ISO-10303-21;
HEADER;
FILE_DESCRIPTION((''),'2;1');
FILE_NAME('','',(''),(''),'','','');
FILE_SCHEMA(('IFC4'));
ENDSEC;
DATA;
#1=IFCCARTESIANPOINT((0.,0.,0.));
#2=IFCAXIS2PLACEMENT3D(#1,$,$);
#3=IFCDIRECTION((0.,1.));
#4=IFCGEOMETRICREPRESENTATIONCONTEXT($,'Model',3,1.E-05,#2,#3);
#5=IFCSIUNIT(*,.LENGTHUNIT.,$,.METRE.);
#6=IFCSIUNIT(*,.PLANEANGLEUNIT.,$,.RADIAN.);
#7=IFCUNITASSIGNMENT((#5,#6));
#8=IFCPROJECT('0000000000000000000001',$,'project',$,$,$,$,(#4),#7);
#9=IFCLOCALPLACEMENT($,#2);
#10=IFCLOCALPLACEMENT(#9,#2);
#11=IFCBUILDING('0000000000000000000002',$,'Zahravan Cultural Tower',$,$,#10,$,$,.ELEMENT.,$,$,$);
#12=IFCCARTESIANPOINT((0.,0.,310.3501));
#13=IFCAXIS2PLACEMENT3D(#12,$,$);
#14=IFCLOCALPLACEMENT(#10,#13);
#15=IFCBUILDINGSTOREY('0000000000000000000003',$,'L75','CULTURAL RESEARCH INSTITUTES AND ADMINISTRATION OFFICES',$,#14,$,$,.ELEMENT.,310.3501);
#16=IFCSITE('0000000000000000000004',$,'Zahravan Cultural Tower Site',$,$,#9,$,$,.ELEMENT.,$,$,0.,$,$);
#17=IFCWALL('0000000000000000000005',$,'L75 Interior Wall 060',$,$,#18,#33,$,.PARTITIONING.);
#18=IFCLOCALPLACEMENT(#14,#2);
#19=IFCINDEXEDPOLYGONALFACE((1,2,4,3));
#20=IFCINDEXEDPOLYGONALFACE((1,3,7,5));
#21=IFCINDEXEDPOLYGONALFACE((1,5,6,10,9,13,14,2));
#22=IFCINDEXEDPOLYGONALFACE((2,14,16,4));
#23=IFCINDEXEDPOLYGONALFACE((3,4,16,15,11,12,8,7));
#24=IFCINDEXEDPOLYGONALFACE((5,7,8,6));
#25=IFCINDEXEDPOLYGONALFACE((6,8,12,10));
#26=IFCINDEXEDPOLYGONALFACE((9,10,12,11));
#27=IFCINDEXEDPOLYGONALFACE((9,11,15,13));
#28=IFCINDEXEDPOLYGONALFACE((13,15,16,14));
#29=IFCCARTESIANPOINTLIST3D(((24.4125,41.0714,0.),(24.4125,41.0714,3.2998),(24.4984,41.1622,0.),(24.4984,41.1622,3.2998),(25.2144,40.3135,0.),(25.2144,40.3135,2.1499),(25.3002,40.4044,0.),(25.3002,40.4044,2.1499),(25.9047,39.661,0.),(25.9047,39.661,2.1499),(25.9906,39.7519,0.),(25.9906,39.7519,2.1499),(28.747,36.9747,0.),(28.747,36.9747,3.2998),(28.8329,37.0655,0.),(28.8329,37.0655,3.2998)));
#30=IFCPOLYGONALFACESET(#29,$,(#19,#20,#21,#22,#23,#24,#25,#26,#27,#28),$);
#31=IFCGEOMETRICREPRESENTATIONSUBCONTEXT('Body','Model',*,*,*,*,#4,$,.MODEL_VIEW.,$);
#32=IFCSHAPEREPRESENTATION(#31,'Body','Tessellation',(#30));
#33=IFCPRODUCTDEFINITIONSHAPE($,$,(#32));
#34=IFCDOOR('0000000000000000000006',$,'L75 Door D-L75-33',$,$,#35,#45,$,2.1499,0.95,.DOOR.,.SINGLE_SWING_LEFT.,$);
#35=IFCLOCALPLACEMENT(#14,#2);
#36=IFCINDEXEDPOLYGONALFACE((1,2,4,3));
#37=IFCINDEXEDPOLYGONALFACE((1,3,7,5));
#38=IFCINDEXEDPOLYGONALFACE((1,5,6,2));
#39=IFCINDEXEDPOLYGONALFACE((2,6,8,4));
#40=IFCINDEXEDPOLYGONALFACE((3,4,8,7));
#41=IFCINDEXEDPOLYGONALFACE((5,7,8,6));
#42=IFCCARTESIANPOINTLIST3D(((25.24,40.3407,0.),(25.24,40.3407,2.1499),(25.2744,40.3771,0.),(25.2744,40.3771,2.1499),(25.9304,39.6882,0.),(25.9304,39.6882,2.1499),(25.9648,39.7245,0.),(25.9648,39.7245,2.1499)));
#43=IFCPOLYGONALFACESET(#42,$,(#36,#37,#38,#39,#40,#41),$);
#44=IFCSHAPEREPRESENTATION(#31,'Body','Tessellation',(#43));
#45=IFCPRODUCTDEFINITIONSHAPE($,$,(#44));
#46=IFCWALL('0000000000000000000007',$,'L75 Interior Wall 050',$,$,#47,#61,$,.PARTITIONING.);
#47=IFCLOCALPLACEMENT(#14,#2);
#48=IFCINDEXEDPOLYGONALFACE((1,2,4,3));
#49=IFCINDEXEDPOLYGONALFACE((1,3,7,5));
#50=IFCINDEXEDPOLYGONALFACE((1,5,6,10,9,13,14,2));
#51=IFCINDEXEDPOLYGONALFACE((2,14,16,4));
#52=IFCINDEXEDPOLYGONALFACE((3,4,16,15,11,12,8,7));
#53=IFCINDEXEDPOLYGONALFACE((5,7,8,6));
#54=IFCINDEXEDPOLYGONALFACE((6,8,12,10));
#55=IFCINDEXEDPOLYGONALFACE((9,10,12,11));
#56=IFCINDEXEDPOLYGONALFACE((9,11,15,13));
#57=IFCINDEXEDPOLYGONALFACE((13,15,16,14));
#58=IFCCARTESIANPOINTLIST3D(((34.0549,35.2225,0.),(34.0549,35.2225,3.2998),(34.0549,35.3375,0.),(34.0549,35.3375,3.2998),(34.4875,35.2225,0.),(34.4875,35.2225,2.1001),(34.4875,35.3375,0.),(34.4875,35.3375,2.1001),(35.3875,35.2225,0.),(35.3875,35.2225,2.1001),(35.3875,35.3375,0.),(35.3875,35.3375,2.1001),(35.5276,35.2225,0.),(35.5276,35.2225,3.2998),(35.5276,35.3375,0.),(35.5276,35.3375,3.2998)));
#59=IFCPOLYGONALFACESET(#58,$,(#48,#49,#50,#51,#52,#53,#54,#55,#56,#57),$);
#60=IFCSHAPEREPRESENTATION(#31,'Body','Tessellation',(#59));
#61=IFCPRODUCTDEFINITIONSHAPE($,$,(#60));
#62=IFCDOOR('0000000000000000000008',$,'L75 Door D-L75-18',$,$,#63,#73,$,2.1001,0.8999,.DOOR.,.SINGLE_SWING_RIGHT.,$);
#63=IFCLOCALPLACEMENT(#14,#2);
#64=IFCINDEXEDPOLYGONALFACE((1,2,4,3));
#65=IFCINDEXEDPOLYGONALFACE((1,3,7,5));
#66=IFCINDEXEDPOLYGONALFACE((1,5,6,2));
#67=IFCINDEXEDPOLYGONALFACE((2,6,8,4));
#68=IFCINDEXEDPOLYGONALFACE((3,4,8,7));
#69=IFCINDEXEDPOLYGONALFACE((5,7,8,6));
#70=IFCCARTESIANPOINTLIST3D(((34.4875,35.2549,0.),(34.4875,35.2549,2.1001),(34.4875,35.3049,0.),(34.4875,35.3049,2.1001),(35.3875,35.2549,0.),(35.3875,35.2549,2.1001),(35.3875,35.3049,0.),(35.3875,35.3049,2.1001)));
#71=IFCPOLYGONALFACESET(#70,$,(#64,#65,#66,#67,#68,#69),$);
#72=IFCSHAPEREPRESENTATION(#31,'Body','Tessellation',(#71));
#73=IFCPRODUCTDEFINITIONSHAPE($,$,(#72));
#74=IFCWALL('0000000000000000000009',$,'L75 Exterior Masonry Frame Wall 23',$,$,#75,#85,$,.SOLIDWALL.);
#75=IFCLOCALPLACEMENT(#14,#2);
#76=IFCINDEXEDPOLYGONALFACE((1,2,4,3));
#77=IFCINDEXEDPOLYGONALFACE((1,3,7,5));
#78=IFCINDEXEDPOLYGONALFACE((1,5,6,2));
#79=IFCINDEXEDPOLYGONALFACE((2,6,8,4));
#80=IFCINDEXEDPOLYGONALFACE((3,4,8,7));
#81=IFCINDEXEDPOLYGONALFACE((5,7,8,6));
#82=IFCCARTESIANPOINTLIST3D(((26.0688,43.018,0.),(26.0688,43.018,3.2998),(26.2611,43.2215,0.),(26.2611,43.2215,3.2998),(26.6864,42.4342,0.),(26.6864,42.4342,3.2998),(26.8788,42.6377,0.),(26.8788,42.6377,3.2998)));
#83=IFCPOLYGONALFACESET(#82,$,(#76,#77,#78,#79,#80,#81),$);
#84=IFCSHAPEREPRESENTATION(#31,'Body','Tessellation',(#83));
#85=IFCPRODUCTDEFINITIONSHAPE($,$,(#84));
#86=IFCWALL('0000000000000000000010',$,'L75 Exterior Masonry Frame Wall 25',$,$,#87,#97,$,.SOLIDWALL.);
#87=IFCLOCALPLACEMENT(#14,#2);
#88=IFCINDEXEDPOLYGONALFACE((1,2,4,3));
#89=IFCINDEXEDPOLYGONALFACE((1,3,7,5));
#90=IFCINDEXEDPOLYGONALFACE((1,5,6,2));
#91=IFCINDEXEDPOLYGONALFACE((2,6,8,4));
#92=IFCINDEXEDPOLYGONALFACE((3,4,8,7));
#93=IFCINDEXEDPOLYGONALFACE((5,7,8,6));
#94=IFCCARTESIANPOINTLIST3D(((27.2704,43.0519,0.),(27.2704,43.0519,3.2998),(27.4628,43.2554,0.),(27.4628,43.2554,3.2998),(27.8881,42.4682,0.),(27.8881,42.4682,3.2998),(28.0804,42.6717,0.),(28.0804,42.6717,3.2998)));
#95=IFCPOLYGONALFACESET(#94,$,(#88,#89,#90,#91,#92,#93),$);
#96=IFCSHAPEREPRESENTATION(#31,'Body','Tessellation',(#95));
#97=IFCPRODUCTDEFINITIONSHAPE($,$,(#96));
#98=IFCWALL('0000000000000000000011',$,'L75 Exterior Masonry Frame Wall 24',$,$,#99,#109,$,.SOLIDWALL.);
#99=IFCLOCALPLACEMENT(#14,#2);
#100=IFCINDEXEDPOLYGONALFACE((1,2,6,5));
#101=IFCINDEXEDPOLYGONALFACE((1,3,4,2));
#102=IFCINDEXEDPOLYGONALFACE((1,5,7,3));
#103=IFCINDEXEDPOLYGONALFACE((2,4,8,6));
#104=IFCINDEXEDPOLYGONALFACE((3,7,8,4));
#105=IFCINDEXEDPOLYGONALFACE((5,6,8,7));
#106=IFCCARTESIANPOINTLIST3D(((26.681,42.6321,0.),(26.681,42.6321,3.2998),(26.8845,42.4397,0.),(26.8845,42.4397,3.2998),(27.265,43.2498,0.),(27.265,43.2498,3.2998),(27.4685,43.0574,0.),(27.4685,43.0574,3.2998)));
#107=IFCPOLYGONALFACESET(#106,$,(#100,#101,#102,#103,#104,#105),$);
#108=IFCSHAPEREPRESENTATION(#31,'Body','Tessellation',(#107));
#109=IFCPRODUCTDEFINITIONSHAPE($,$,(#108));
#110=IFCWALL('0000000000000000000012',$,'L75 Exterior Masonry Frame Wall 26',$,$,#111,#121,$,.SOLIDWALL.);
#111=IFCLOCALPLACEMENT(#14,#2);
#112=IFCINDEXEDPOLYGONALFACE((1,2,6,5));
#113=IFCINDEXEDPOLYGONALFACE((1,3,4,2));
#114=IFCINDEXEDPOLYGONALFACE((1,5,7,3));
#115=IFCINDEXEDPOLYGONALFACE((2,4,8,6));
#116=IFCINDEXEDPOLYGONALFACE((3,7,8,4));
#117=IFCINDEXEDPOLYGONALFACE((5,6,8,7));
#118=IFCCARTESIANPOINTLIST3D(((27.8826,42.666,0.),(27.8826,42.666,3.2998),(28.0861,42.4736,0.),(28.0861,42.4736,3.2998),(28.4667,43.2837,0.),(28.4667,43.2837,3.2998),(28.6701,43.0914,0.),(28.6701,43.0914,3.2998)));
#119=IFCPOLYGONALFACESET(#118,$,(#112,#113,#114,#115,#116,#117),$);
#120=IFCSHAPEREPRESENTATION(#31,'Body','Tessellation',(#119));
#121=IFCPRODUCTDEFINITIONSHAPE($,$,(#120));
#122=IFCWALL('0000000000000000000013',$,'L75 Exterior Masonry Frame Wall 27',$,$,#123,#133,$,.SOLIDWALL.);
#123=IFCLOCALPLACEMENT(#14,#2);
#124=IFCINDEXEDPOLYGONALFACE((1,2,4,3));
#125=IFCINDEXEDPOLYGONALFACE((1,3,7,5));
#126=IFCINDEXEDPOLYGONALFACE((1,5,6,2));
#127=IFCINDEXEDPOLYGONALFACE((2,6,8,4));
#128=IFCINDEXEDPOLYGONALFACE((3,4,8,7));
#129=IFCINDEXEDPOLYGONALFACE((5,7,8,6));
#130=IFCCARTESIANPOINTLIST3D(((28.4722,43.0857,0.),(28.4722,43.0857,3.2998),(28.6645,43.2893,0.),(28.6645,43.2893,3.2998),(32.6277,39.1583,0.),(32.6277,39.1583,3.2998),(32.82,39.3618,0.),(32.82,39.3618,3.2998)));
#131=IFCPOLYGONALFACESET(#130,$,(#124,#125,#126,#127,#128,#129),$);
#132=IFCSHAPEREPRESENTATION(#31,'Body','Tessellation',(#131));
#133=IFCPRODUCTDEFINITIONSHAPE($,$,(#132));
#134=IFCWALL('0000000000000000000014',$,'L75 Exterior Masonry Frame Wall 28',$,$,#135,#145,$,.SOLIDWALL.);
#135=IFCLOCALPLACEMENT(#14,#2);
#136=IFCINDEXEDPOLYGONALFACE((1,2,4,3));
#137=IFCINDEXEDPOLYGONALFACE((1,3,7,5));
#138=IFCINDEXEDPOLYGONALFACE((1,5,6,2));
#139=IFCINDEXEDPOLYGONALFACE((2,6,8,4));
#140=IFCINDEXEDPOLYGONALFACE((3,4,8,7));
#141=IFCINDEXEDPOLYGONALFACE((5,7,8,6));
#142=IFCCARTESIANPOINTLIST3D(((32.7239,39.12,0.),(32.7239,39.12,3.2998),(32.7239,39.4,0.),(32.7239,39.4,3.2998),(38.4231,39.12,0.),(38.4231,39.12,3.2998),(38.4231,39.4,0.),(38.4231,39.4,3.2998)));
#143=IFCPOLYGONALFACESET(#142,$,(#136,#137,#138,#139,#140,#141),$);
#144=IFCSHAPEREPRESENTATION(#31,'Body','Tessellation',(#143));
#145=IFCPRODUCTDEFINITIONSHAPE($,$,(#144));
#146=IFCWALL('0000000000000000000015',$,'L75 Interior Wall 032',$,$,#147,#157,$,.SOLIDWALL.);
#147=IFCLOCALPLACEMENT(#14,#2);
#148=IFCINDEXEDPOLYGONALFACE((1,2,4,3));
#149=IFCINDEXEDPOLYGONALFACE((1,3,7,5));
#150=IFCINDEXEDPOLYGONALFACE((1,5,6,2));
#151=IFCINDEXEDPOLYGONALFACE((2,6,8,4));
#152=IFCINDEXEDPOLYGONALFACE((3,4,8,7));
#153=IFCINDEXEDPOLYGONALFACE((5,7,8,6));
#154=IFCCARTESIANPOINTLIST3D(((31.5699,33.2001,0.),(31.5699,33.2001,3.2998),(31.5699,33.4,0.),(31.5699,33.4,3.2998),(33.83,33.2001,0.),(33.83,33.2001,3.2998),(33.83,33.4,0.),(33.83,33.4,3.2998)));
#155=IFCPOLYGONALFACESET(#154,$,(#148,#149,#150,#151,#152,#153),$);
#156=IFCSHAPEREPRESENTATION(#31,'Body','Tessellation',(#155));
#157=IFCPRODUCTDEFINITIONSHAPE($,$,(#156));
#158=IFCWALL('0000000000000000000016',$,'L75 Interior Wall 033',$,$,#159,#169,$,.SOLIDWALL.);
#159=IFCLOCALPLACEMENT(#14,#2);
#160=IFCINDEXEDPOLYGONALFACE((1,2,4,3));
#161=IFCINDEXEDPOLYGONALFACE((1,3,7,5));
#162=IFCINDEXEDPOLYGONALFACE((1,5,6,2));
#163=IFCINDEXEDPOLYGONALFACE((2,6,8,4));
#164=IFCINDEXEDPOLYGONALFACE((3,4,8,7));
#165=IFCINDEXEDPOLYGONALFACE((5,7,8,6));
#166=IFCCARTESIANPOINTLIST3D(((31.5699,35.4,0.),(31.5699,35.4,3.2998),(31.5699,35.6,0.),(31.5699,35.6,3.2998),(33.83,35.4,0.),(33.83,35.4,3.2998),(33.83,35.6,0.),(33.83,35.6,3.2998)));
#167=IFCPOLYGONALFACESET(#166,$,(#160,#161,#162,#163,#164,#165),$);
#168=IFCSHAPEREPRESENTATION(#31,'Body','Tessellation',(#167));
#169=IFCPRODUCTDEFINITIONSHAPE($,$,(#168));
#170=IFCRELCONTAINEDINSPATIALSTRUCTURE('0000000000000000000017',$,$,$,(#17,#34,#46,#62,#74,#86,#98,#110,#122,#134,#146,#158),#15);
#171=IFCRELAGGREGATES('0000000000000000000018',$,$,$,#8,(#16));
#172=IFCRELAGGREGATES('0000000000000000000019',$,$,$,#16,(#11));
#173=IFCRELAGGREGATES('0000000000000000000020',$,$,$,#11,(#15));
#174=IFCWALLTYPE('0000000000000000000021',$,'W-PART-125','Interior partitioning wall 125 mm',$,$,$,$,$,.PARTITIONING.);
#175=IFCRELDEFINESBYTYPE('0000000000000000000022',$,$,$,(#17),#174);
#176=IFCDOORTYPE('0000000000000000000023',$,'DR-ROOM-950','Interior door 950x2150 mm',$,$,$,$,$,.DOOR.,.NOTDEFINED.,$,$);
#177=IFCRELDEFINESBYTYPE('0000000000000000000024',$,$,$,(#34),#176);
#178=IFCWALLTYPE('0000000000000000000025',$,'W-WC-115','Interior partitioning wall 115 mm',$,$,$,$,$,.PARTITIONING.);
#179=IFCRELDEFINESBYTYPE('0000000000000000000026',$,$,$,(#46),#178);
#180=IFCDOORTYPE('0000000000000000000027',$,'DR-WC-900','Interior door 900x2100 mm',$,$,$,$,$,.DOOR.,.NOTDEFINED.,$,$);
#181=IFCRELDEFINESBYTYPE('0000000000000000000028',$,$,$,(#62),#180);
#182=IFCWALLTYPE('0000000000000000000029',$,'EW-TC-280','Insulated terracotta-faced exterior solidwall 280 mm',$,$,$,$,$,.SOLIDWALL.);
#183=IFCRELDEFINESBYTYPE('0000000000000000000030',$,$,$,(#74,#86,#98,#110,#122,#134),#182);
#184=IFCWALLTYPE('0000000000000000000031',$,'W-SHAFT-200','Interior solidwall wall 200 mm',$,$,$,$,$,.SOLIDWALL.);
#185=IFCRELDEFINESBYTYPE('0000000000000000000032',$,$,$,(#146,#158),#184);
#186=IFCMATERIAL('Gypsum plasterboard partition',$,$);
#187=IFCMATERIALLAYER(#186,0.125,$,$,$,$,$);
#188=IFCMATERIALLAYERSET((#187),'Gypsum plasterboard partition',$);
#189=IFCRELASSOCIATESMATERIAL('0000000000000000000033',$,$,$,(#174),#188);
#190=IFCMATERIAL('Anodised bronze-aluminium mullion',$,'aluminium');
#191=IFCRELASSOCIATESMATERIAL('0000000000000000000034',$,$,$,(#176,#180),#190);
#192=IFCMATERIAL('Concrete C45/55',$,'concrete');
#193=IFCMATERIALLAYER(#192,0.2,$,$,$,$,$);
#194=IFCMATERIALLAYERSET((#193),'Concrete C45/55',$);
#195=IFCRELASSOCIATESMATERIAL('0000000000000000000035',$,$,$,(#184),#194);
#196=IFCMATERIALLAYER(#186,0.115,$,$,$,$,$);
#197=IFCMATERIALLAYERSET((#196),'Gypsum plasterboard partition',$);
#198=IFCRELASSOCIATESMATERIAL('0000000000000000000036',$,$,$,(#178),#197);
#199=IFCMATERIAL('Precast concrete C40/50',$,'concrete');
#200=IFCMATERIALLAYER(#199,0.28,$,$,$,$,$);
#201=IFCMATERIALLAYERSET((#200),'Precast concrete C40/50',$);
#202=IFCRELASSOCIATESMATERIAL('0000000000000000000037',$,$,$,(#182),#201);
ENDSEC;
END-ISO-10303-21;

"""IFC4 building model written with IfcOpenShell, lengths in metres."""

from ifc_helpers import new_model, si_unit, direction, frame, frame_2d, origin, place, context, subcontext, project, spatial, rectangle, extrude, source, transform, mapped, material, layer, layer_set, type_object, element, fill, save


model = new_model("IFC4")

# Units and contexts
model_context = context("Model", 3, precision=1e-05, world=origin(), true_north=direction((0.0, 1.0)))
body_context = subcontext(model_context, "Body", "Model", "MODEL_VIEW")
ifc_project = project(units=[si_unit("LENGTHUNIT", "METRE"), si_unit("PLANEANGLEUNIT", "RADIAN")], contexts=[model_context])

# Site, building, storey
site_placement = place(None, origin())
site = spatial("IfcSite", under=ifc_project, at=site_placement, Name="Zahravan Cultural Tower Site", CompositionType="ELEMENT", RefElevation=0.0)
building_placement = place(site_placement, origin())
building = spatial("IfcBuilding", under=site, at=building_placement, Name="Zahravan Cultural Tower", CompositionType="ELEMENT")
storey_placement = place(building_placement, frame((0.0, 0.0, 310.3501)))
storey = spatial("IfcBuildingStorey", under=building, at=storey_placement, Name="L75", Description="CULTURAL RESEARCH INSTITUTES AND ADMINISTRATION OFFICES", CompositionType="ELEMENT", Elevation=310.3501)

# Shared definitions
ifc_material_1 = material(Name="Concrete C45/55", Category="concrete")

# Walls, openings, doors
ifc_material_2 = material(Name="Gypsum plasterboard partition")
ifc_layer_1 = layer(ifc_material_2, 0.125)
ifc_layer_set_1 = layer_set([ifc_layer_1], Name="Gypsum plasterboard partition")
wall_type_1 = type_object("IfcWallType", Name="W-PART-125", Description="Interior partitioning wall 125 mm", PredefinedType="PARTITIONING", material=ifc_layer_set_1)
wall_1_placement = place(storey_placement, frame((24.4556, 41.1167, 0.0), z_axis=(0.0, 0.0, 1.0), x_axis=(0.726761, -0.68689, 0.0)))
wall_1 = element("IfcWall", 1, at=wall_1_placement, inside=storey, type_object=wall_type_1, Name="L75 Interior Wall 060", PredefinedType="PARTITIONING", context=body_context, shape_type="SweptSolid", body=[
    extrude(rectangle(XDim=5.9641, YDim=0.125, at=frame_2d((2.9819, 0.0))), origin(), (0.0, 0.0, 1.0), 3.2998),
])
opening_1_placement = place(wall_1_placement, frame((1.103, 0.0, 0.0)))
opening_1 = element("IfcOpeningElement", 2, at=opening_1_placement, cuts=wall_1, PredefinedType="OPENING", context=body_context, shape_type="SweptSolid", body=[
    extrude(rectangle(XDim=0.95, YDim=2.1499, at=frame_2d((0.4751, 1.075))), frame((0.0, 0.0725, 0.0), z_axis=(0.0, -1.0, 0.0), x_axis=(1.0, 0.0, 0.0)), (0.0, 0.0, 1.0), 0.145),
])
ifc_material_3 = material(Name="Anodised bronze-aluminium mullion", Category="aluminium")
door_type_1 = type_object("IfcDoorType", Name="DR-ROOM-950", Description="Interior door 950x2150 mm", OperationType="NOTDEFINED", PredefinedType="DOOR", material=ifc_material_3)
shared_shape_1 = source(origin(), body_context, "Body", "SweptSolid", [
    extrude(rectangle(XDim=0.95, YDim=2.1499, at=frame_2d((0.4751, 1.075))), frame((0.0, 0.0249, 0.0), z_axis=(0.0, -1.0, 0.0), x_axis=(1.0, 0.0, 0.0)), (0.0, 0.0, 1.0), 0.05),
])
door_1_placement = place(opening_1_placement, origin())
door_1 = element("IfcDoor", 3, at=door_1_placement, inside=storey, type_object=door_type_1, Name="L75 Door D-L75-33", OperationType="SINGLE_SWING_LEFT", OverallHeight=2.1499, OverallWidth=0.95, PredefinedType="DOOR", context=body_context, shape_type="MappedRepresentation", body=[
    mapped(shared_shape_1, transform((0.0, 0.0, 0.0), x_axis=(1.0, 0.0, 0.0), y_axis=(0.0, 1.0, 0.0), z_axis=(0.0, 0.0, 1.0), scale=1.0)),
])
fill(opening_1, door_1)
ifc_layer_2 = layer(ifc_material_1, 0.2)
ifc_layer_set_2 = layer_set([ifc_layer_2], Name="Concrete C45/55")
wall_type_2 = type_object("IfcWallType", Name="W-SHAFT-200", Description="Interior solidwall wall 200 mm", PredefinedType="SOLIDWALL", material=ifc_layer_set_2)
ifc_layer_3 = layer(ifc_material_2, 0.115)
ifc_layer_set_3 = layer_set([ifc_layer_3], Name="Gypsum plasterboard partition")
wall_type_3 = type_object("IfcWallType", Name="W-WC-115", Description="Interior partitioning wall 115 mm", PredefinedType="PARTITIONING", material=ifc_layer_set_3)
wall_2_placement = place(storey_placement, frame((34.0549, 35.28, 0.0), z_axis=(0.0, 0.0, 1.0), x_axis=(1.0, 0.0, 0.0)))
wall_2 = element("IfcWall", 4, at=wall_2_placement, inside=storey, type_object=wall_type_3, Name="L75 Interior Wall 050", PredefinedType="PARTITIONING", context=body_context, shape_type="SweptSolid", body=[
    extrude(rectangle(XDim=1.4727, YDim=0.115, at=frame_2d((0.7363, 0.0))), origin(), (0.0, 0.0, 1.0), 3.2998),
])
opening_2_placement = place(wall_2_placement, frame((0.4326, 0.0, 0.0)))
opening_2 = element("IfcOpeningElement", 5, at=opening_2_placement, cuts=wall_2, PredefinedType="OPENING", context=body_context, shape_type="SweptSolid", body=[
    extrude(rectangle(XDim=0.8999, YDim=2.1001, at=frame_2d((0.45, 1.05))), frame((0.0, 0.0674, 0.0), z_axis=(0.0, -1.0, 0.0), x_axis=(1.0, 0.0, 0.0)), (0.0, 0.0, 1.0), 0.135),
])
door_type_2 = type_object("IfcDoorType", Name="DR-WC-900", Description="Interior door 900x2100 mm", OperationType="NOTDEFINED", PredefinedType="DOOR", material=ifc_material_3)
shared_shape_2 = source(origin(), body_context, "Body", "SweptSolid", [
    extrude(rectangle(XDim=0.8999, YDim=2.1001, at=frame_2d((0.45, 1.05))), frame((0.0, 0.0249, 0.0), z_axis=(0.0, -1.0, 0.0), x_axis=(1.0, 0.0, 0.0)), (0.0, 0.0, 1.0), 0.05),
])
door_2_placement = place(opening_2_placement, origin())
door_2 = element("IfcDoor", 6, at=door_2_placement, inside=storey, type_object=door_type_2, Name="L75 Door D-L75-18", OperationType="SINGLE_SWING_RIGHT", OverallHeight=2.1001, OverallWidth=0.8999, PredefinedType="DOOR", context=body_context, shape_type="MappedRepresentation", body=[
    mapped(shared_shape_2, transform((0.0, 0.0, 0.0), x_axis=(1.0, 0.0, 0.0), y_axis=(0.0, 1.0, 0.0), z_axis=(0.0, 0.0, 1.0), scale=1.0)),
])
fill(opening_2, door_2)

# Walls
ifc_material_4 = material(Name="Precast concrete C40/50", Category="concrete")
ifc_layer_4 = layer(ifc_material_4, 0.28)
ifc_layer_set_4 = layer_set([ifc_layer_4], Name="Precast concrete C40/50")
wall_type_4 = type_object("IfcWallType", Name="EW-TC-280", Description="Insulated terracotta-faced exterior solidwall 280 mm", PredefinedType="SOLIDWALL", material=ifc_layer_set_4)
shared_shape_3 = source(origin(), body_context, "Body", "SweptSolid", [
    extrude(rectangle(XDim=0.8499, YDim=0.28, at=frame_2d((0.4248, 0.0))), origin(), (0.0, 0.0, 1.0), 3.2998),
])
for number, where, z_axis, x_axis, name in (
    (7, (26.165, 43.1196, 0.0), (0.0, 0.0, 1.0), (0.72679, -0.68686, 0.0), "L75 Exterior Masonry Frame Wall 23"),
    (8, (27.3667, 43.1536, 0.0), (0.0, 0.0, 1.0), (0.72679, -0.68686, 0.0), "L75 Exterior Masonry Frame Wall 25"),
):
    element("IfcWall", number, at=place(storey_placement, frame(where, z_axis=z_axis, x_axis=x_axis)), inside=storey, type_object=wall_type_4, Name=name, PredefinedType="SOLIDWALL", context=body_context, shape_type="MappedRepresentation", body=[
        mapped(shared_shape_3, transform((0.0, 0.0, 0.0), x_axis=(1.0, 0.0, 0.0), y_axis=(0.0, 1.0, 0.0), z_axis=(0.0, 0.0, 1.0), scale=1.0)),
    ])
shared_shape_4 = source(origin(), body_context, "Body", "SweptSolid", [
    extrude(rectangle(XDim=0.8501, YDim=0.28, at=frame_2d((0.425, 0.0))), origin(), (0.0, 0.0, 1.0), 3.2998),
])
for number, where, z_axis, x_axis, name in (
    (9, (26.7827, 42.5359, 0.0), (0.0, 0.0, 1.0), (0.687011, 0.726647, 0.0), "L75 Exterior Masonry Frame Wall 24"),
    (10, (27.9844, 42.5698, 0.0), (0.0, 0.0, 1.0), (0.687011, 0.726647, 0.0), "L75 Exterior Masonry Frame Wall 26"),
):
    element("IfcWall", number, at=place(storey_placement, frame(where, z_axis=z_axis, x_axis=x_axis)), inside=storey, type_object=wall_type_4, Name=name, PredefinedType="SOLIDWALL", context=body_context, shape_type="MappedRepresentation", body=[
        mapped(shared_shape_4, transform((0.0, 0.0, 0.0), x_axis=(1.0, 0.0, 0.0), y_axis=(0.0, 1.0, 0.0), z_axis=(0.0, 0.0, 1.0), scale=1.0)),
    ])
shared_shape_5 = source(origin(), body_context, "Body", "SweptSolid", [
    extrude(rectangle(XDim=5.7178, YDim=0.28, at=frame_2d((2.8589, 0.0))), origin(), (0.0, 0.0, 1.0), 3.2998),
])
wall_3_placement = place(storey_placement, frame((28.5684, 43.1875, 0.0), z_axis=(0.0, 0.0, 1.0), x_axis=(0.726766, -0.686886, 0.0)))
element("IfcWall", 11, at=wall_3_placement, inside=storey, type_object=wall_type_4, Name="L75 Exterior Masonry Frame Wall 27", PredefinedType="SOLIDWALL", context=body_context, shape_type="MappedRepresentation", body=[
    mapped(shared_shape_5, transform((0.0, 0.0, 0.0), x_axis=(1.0, 0.0, 0.0), y_axis=(0.0, 1.0, 0.0), z_axis=(0.0, 0.0, 1.0), scale=1.0)),
])
shared_shape_6 = source(origin(), body_context, "Body", "SweptSolid", [
    extrude(rectangle(XDim=5.6992, YDim=0.28, at=frame_2d((2.8496, 0.0))), origin(), (0.0, 0.0, 1.0), 3.2998),
])
wall_4_placement = place(storey_placement, frame((32.7239, 39.26, 0.0), z_axis=(0.0, 0.0, 1.0), x_axis=(1.0, 0.0, 0.0)))
element("IfcWall", 12, at=wall_4_placement, inside=storey, type_object=wall_type_4, Name="L75 Exterior Masonry Frame Wall 28", PredefinedType="SOLIDWALL", context=body_context, shape_type="MappedRepresentation", body=[
    mapped(shared_shape_6, transform((0.0, 0.0, 0.0), x_axis=(1.0, 0.0, 0.0), y_axis=(0.0, 1.0, 0.0), z_axis=(0.0, 0.0, 1.0), scale=1.0)),
])
shared_shape_7 = source(origin(), body_context, "Body", "SweptSolid", [
    extrude(rectangle(XDim=2.26, YDim=0.2, at=frame_2d((1.1299, 0.0))), origin(), (0.0, 0.0, 1.0), 3.2998),
])
for number, where, z_axis, x_axis, name in (
    (13, (31.5701, 33.3, 0.0), (0.0, 0.0, 1.0), (1.0, 0.0, 0.0), "L75 Interior Wall 032"),
    (14, (31.5701, 35.5, 0.0), (0.0, 0.0, 1.0), (1.0, 0.0, 0.0), "L75 Interior Wall 033"),
):
    element("IfcWall", number, at=place(storey_placement, frame(where, z_axis=z_axis, x_axis=x_axis)), inside=storey, type_object=wall_type_2, Name=name, PredefinedType="SOLIDWALL", context=body_context, shape_type="MappedRepresentation", body=[
        mapped(shared_shape_7, transform((0.0, 0.0, 0.0), x_axis=(1.0, 0.0, 0.0), y_axis=(0.0, 1.0, 0.0), z_axis=(0.0, 0.0, 1.0), scale=1.0)),
    ])

save(model, "model.ifc")
